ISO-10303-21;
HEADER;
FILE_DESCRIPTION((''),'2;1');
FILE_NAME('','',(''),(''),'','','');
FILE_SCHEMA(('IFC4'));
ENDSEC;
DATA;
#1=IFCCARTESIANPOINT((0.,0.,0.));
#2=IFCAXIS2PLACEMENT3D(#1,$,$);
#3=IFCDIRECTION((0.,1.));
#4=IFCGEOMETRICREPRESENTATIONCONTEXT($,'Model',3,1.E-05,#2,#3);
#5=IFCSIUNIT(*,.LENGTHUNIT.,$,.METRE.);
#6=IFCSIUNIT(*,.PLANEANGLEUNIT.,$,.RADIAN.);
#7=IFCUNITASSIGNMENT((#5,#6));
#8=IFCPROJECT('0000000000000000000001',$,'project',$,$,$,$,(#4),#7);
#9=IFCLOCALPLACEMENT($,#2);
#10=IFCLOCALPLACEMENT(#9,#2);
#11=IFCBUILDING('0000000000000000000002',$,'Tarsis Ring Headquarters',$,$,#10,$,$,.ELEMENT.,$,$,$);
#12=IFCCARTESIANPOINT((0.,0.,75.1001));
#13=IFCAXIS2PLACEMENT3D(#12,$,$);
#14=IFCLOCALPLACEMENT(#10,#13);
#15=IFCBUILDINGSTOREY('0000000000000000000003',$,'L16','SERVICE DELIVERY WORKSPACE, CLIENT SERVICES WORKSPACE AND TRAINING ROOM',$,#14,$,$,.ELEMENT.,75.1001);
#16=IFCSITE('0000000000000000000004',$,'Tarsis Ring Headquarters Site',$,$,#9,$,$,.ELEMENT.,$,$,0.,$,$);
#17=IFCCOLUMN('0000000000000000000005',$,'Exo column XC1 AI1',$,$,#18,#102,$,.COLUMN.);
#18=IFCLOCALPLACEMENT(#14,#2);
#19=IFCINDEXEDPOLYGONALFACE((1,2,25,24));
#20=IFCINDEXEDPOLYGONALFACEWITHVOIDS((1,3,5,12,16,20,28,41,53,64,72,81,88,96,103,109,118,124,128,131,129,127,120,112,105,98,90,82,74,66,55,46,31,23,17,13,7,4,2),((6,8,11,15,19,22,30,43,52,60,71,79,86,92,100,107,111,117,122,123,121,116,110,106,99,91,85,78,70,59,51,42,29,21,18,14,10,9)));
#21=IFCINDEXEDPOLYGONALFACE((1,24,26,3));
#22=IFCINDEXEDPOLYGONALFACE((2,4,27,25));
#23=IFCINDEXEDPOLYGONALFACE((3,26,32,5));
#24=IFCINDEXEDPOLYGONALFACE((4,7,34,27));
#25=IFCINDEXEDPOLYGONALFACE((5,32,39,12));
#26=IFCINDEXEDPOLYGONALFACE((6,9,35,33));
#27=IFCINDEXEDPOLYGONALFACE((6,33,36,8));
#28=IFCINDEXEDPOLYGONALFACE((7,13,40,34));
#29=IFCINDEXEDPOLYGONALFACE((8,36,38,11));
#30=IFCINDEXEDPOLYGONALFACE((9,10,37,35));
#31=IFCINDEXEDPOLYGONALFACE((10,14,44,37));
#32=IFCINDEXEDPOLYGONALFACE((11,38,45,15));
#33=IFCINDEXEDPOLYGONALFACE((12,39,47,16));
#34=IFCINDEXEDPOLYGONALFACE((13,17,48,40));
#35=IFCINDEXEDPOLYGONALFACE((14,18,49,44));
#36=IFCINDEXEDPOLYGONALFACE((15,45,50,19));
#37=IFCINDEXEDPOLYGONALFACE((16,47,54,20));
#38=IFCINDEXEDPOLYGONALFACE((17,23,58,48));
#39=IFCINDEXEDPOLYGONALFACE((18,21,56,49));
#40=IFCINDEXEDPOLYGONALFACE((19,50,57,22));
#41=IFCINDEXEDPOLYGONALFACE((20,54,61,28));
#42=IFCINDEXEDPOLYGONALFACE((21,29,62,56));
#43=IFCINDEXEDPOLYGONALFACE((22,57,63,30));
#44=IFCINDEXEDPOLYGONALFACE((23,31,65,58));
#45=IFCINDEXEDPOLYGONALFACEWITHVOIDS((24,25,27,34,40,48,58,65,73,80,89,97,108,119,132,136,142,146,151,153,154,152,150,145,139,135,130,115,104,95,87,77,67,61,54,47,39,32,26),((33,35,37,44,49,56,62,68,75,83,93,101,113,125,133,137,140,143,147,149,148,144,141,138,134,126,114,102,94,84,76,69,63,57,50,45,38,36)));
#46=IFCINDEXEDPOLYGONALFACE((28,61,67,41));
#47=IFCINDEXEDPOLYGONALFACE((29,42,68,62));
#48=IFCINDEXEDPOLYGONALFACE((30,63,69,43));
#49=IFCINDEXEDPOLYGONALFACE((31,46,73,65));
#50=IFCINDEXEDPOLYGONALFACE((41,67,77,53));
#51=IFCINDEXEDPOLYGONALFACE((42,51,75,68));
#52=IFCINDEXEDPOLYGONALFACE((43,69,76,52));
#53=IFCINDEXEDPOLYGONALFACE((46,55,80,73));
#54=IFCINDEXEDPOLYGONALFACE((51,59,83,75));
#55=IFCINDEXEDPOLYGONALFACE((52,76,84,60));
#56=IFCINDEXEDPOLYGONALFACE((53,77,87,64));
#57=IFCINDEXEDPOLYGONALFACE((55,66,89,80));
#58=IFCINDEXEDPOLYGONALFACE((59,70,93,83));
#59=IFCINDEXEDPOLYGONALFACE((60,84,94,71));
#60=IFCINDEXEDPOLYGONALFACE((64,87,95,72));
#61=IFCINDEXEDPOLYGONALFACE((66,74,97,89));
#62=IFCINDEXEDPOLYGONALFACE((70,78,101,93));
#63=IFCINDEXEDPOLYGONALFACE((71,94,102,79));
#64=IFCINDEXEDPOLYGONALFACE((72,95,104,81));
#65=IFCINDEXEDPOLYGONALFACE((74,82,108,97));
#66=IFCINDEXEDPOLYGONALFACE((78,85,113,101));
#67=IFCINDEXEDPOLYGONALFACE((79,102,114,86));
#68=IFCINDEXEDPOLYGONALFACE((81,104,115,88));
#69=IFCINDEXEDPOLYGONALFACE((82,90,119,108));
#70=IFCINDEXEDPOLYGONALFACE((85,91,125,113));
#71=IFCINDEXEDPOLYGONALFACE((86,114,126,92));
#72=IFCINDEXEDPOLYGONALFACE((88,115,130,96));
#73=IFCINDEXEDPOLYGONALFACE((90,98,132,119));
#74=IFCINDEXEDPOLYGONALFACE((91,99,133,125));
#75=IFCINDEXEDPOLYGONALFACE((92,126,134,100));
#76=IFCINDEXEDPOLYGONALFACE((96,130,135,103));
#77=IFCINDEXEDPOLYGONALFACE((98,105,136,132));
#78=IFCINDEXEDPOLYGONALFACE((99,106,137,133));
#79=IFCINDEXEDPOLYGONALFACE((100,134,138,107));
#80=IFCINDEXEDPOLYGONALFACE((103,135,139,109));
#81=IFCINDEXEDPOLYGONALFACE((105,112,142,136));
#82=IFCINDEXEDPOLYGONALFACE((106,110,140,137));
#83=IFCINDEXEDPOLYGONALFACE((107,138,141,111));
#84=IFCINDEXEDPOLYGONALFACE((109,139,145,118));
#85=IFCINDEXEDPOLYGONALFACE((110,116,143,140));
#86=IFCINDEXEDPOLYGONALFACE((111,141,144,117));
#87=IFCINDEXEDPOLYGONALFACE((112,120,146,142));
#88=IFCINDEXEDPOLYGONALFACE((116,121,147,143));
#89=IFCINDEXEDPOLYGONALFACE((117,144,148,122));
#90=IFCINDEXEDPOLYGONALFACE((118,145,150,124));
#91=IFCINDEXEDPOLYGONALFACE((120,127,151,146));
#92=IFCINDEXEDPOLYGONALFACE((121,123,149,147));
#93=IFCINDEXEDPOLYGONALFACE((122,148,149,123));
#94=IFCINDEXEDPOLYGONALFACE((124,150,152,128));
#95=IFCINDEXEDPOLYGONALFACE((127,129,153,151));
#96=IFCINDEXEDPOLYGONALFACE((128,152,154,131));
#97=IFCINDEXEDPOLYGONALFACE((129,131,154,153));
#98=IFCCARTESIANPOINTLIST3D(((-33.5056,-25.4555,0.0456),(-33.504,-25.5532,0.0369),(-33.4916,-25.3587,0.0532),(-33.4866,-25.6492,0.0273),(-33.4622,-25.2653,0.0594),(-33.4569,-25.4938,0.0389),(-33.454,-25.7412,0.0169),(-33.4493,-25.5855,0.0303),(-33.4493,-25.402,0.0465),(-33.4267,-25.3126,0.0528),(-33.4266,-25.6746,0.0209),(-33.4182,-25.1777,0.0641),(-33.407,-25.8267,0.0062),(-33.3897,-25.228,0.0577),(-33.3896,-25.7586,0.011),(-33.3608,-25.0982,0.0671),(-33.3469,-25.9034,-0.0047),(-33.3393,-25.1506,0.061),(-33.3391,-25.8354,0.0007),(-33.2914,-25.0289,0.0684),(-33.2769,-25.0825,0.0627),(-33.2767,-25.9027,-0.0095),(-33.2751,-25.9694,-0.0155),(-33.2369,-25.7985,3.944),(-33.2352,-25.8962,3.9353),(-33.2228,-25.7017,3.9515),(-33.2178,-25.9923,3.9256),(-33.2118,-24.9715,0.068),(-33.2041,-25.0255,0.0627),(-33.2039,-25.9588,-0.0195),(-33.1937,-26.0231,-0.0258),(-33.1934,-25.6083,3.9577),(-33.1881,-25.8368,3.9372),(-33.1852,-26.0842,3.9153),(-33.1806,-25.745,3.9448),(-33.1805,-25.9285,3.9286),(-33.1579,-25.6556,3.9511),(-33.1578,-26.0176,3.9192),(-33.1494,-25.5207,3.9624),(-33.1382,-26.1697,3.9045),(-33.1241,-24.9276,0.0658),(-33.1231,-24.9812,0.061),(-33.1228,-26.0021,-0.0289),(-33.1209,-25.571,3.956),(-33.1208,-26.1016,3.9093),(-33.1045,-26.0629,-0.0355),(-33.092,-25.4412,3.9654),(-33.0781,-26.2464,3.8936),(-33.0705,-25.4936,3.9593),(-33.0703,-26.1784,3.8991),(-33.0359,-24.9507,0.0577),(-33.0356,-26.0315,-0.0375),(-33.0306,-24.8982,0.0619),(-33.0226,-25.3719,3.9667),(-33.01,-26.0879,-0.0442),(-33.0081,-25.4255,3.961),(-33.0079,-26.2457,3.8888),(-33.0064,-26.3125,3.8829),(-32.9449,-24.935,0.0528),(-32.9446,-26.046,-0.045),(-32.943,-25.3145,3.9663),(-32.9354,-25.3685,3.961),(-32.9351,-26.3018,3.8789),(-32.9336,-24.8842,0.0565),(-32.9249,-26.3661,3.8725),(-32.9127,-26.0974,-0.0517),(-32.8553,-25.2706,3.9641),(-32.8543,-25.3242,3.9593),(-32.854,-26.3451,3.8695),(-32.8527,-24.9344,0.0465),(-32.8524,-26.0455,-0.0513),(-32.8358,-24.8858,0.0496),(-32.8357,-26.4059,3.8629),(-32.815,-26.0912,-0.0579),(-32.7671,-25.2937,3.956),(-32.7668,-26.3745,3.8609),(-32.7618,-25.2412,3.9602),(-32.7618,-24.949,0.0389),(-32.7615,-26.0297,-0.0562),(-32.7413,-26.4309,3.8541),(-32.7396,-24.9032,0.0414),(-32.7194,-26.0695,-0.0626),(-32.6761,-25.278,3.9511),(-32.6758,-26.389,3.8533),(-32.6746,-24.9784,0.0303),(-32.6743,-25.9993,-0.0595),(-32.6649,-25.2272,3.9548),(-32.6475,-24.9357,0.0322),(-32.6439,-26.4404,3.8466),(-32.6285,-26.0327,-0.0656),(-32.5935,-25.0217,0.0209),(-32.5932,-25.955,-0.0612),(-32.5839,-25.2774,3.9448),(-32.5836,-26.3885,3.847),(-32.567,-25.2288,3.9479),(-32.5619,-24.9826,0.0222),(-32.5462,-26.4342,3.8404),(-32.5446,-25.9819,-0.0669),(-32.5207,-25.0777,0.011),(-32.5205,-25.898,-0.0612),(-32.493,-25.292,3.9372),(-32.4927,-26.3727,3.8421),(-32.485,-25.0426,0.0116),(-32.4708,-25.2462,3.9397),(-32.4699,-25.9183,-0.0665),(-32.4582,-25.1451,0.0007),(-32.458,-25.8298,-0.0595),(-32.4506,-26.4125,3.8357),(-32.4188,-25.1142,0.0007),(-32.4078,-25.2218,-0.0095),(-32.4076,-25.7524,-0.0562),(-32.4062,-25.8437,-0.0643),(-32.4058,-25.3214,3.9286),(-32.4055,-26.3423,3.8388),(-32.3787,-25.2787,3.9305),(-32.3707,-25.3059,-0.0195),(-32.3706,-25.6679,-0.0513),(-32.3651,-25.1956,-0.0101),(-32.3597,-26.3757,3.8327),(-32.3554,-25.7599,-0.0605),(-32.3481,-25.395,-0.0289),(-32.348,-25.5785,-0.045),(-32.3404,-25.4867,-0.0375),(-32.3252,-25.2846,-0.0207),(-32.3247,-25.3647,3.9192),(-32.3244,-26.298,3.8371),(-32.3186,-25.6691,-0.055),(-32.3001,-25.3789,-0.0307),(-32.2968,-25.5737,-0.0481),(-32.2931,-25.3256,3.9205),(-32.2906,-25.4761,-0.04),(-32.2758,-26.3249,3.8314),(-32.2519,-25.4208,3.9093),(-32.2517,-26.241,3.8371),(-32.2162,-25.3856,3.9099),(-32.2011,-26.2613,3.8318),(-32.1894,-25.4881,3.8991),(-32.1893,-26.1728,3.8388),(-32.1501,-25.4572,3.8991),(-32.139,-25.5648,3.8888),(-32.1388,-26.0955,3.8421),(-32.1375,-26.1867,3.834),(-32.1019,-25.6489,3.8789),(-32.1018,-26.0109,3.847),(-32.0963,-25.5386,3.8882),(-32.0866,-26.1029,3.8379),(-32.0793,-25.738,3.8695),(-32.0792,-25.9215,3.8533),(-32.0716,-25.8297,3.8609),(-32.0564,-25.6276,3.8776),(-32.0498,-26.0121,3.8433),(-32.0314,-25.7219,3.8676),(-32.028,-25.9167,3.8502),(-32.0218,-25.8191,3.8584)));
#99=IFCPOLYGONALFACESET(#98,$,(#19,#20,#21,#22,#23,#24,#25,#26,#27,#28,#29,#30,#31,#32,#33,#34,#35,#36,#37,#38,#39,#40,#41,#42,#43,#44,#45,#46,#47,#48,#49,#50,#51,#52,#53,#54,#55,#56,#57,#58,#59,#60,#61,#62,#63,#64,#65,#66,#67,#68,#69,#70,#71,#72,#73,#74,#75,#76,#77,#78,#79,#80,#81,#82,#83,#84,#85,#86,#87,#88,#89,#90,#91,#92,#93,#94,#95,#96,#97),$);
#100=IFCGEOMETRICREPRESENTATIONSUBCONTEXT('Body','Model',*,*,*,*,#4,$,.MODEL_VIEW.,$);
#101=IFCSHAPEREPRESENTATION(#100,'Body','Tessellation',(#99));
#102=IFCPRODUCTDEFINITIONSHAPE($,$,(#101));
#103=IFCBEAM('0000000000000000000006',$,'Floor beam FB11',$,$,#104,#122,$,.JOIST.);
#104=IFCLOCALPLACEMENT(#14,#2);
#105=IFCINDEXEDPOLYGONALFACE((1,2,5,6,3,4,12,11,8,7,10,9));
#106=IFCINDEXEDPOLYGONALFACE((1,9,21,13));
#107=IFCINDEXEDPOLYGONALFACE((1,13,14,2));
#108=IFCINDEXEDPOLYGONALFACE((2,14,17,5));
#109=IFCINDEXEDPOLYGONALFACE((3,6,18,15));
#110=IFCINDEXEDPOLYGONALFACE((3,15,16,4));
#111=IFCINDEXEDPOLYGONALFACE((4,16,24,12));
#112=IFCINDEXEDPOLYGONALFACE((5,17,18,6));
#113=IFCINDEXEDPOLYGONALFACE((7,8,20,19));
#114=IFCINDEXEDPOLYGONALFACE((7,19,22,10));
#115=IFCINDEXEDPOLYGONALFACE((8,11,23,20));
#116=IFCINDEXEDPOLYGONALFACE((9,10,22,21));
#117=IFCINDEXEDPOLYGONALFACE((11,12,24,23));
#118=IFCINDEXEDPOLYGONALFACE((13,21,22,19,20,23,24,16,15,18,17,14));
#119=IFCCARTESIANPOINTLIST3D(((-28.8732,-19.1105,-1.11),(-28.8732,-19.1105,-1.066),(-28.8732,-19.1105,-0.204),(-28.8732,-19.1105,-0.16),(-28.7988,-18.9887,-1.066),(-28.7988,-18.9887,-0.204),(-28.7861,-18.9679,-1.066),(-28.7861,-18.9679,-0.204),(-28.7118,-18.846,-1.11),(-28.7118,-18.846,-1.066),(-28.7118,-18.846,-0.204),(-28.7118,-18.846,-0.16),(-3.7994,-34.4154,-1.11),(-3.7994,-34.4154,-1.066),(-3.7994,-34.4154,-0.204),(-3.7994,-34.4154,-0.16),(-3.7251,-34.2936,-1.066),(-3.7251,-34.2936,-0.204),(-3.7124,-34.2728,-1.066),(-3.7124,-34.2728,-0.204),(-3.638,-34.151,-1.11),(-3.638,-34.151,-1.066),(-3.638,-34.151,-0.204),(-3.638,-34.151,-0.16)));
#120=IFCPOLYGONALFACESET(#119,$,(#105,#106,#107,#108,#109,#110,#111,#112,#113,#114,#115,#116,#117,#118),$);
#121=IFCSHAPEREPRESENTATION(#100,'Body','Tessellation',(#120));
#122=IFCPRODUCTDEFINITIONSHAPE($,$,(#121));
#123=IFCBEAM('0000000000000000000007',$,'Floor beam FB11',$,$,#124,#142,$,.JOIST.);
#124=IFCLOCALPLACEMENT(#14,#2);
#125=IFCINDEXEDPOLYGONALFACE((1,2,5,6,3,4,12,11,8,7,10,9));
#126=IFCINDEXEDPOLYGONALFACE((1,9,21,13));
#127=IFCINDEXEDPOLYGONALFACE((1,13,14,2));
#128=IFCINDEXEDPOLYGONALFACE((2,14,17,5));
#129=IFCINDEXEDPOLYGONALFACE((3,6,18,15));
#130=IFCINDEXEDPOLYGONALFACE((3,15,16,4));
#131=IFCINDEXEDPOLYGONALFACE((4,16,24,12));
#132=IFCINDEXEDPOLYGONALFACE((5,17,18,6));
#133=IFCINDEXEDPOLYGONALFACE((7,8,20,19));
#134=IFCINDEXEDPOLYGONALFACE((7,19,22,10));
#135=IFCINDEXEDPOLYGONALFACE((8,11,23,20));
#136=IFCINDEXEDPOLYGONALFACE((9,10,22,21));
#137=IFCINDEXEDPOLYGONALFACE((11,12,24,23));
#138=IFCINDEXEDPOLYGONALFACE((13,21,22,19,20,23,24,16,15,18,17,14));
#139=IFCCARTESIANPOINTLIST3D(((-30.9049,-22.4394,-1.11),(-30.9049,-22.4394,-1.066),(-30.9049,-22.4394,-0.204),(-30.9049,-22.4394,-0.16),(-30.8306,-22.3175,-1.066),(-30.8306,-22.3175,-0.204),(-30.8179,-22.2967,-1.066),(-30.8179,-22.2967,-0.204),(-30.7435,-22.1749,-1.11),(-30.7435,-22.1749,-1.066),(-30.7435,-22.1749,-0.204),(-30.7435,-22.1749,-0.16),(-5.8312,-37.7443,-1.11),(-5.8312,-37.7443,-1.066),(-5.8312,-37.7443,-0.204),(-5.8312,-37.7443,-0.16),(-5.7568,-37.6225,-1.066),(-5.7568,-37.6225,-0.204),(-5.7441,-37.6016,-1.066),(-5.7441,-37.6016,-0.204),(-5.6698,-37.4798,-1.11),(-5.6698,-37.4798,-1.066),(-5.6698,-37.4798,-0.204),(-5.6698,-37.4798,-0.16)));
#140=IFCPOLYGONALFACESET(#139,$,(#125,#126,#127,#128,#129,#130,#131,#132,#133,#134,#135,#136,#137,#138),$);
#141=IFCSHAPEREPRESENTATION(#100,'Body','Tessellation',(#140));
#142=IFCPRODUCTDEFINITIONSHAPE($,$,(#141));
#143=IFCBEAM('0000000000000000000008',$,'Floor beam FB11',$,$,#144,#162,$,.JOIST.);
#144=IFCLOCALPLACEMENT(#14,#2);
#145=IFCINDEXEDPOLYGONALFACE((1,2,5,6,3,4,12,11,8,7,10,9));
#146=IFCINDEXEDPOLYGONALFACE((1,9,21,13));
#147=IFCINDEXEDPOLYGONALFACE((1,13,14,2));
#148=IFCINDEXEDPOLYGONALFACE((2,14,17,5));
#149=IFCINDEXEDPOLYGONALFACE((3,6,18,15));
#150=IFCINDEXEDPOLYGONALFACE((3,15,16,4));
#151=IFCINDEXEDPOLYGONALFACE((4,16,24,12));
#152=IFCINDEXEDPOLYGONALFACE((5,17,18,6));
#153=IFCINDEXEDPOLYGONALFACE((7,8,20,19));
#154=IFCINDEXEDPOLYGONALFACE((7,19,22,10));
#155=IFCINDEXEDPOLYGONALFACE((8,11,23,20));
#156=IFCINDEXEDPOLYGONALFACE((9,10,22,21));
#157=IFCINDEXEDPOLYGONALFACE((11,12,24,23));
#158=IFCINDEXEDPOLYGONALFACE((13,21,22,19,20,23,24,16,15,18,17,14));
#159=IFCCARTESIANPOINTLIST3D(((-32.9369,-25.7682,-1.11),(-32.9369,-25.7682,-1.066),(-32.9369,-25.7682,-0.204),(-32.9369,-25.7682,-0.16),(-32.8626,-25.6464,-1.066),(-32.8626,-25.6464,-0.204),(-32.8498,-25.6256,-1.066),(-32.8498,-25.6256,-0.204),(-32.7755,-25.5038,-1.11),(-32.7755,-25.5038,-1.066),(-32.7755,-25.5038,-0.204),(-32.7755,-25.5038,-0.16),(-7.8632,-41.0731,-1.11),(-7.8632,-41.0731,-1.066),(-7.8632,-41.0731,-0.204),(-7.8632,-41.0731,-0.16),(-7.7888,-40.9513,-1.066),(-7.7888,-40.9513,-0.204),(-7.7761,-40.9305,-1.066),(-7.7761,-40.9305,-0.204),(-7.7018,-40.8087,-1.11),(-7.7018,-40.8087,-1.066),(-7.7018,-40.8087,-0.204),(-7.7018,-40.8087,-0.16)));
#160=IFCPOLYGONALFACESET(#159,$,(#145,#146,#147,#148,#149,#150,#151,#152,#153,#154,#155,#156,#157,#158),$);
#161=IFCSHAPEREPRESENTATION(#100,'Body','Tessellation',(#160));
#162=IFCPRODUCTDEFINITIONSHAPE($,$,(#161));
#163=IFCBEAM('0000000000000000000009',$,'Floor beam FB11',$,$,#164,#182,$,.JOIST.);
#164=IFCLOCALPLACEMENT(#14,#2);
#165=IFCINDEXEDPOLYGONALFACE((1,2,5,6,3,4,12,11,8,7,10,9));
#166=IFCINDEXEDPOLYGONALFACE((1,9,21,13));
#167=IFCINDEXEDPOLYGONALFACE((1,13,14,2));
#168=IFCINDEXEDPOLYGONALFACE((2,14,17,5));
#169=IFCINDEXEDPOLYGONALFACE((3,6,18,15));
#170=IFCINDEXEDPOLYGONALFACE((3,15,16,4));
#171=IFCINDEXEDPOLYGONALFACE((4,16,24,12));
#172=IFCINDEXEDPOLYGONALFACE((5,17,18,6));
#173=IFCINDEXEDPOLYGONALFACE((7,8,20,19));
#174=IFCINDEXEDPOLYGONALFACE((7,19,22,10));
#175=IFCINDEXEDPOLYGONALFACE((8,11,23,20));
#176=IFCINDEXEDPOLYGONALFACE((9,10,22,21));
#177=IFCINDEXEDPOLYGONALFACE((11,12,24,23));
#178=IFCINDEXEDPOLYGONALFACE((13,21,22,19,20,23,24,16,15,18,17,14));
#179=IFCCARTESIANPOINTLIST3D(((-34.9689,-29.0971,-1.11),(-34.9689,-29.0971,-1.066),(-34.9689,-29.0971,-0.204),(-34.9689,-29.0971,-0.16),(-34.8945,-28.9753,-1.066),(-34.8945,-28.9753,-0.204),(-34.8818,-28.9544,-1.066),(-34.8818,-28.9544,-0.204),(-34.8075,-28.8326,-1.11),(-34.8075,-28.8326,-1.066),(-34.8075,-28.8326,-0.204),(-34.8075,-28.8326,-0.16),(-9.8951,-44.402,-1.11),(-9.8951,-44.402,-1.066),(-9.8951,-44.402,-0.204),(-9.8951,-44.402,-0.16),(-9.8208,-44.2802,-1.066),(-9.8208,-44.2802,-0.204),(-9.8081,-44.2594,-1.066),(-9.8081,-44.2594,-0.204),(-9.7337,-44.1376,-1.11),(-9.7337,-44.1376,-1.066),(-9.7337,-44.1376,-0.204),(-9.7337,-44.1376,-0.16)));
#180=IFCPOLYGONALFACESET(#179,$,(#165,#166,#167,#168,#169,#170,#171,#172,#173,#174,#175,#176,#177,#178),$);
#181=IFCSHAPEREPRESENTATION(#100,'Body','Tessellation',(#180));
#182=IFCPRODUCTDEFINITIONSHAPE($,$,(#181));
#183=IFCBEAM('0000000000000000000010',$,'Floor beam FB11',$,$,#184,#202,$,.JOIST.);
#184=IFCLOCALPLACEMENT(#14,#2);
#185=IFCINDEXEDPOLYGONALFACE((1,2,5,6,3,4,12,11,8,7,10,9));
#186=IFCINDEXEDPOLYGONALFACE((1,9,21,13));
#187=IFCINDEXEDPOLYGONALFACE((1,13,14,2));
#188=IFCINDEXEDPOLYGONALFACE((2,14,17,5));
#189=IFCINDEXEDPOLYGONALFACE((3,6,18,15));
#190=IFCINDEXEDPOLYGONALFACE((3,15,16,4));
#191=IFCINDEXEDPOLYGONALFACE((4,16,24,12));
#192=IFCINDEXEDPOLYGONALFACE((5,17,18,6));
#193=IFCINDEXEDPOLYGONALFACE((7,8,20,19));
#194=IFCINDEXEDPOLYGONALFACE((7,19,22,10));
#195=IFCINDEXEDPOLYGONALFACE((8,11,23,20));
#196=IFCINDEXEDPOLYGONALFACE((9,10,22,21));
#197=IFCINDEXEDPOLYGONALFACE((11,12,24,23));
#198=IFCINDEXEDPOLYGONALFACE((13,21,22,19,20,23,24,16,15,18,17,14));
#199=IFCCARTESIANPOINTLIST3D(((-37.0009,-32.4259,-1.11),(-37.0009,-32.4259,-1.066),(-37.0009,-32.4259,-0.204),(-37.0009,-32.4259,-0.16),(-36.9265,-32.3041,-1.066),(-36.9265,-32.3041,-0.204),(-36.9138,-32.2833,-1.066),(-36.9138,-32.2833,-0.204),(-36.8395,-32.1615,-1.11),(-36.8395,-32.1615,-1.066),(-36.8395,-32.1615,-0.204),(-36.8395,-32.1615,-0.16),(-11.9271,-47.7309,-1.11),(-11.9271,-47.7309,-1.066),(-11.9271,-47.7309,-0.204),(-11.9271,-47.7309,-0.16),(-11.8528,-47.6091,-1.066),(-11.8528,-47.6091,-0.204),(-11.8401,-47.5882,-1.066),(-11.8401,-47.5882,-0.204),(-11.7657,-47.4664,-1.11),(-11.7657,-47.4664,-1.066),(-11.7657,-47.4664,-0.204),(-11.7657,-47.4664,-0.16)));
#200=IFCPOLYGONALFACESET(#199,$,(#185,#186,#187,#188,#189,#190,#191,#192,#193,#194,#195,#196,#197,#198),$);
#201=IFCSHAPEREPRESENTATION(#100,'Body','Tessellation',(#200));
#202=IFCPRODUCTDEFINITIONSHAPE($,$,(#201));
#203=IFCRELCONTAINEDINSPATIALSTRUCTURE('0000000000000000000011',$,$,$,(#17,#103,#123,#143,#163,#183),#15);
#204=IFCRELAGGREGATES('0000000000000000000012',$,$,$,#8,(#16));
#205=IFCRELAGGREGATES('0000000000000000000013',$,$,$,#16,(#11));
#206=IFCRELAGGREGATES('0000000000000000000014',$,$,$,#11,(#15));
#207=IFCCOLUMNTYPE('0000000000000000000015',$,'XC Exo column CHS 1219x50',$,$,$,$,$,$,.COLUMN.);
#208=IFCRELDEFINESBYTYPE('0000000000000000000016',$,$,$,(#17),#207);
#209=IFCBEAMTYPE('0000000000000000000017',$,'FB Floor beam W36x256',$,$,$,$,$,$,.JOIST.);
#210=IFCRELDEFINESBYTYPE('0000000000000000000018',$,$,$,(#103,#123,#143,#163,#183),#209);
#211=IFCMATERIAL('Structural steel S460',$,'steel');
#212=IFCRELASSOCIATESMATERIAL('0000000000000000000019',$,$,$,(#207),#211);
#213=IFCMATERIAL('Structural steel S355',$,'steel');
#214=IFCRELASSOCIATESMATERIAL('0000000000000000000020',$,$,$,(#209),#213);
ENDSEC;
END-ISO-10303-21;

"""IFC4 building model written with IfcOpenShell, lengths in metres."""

from ifc_helpers import new_model, si_unit, direction, frame, origin, origin_2d, place, context, subcontext, project, spatial, hollow_circle, i_section, extrude, material, material_profile, profile_set, type_object, element, save


model = new_model("IFC4")

# Units and contexts
model_context = context("Model", 3, precision=1e-05, world=origin(), true_north=direction((0.0, 1.0)))
body_context = subcontext(model_context, "Body", "Model", "MODEL_VIEW")
ifc_project = project(units=[si_unit("LENGTHUNIT", "METRE"), si_unit("PLANEANGLEUNIT", "RADIAN")], contexts=[model_context])

# Site, building, storey
site_placement = place(None, origin())
site = spatial("IfcSite", under=ifc_project, at=site_placement, Name="Tarsis Ring Headquarters Site", CompositionType="ELEMENT", RefElevation=0.0)
building_placement = place(site_placement, origin())
building = spatial("IfcBuilding", under=site, at=building_placement, Name="Tarsis Ring Headquarters", CompositionType="ELEMENT")
storey_placement = place(building_placement, frame((0.0, 0.0, 75.1001)))
storey = spatial("IfcBuildingStorey", under=building, at=storey_placement, Name="L16", Description="SERVICE DELIVERY WORKSPACE, CLIENT SERVICES WORKSPACE AND TRAINING ROOM", CompositionType="ELEMENT", Elevation=75.1001)

# Column
ifc_material_1 = material(Name="Structural steel S460", Category="steel")
ifc_material_profile_1 = material_profile(ifc_material_1, hollow_circle(Radius=0.6096, WallThickness=0.05, at=origin_2d()), Name="CHS 1219x50")
ifc_profile_set_1 = profile_set([ifc_material_profile_1], Name="Structural steel S460")
column_type = type_object("IfcColumnType", Name="XC Exo column CHS 1219x50", PredefinedType="COLUMN", material=ifc_profile_set_1)
column_placement = place(storey_placement, frame((-32.8987, -25.4902, 0.0007), z_axis=(0.068524, -0.087444, 0.99381), x_axis=(0.787115, 0.616807, 0.0)))
element("IfcColumn", 1, at=column_placement, inside=storey, type_object=column_type, Name="Exo column XC1 AI1", PredefinedType="COLUMN", context=body_context, shape_type="SweptSolid", body=[
    extrude(hollow_circle(Radius=0.6096, WallThickness=0.05, at=origin_2d()), origin(), (0.0, 0.0, 1.0), 3.9226),
])

# Beams
ifc_material_2 = material(Name="Structural steel S355", Category="steel")
ifc_material_profile_2 = material_profile(ifc_material_2, i_section(OverallWidth=0.3098, OverallDepth=0.95, WebThickness=0.0244, FlangeThickness=0.0439, at=origin_2d()), Name="W36x256")
ifc_profile_set_2 = profile_set([ifc_material_profile_2], Name="Structural steel S355")
beam_type_1 = type_object("IfcBeamType", Name="FB Floor beam W36x256", PredefinedType="JOIST", material=ifc_profile_set_2)
for number, where, z_axis, x_axis, name in (
    (2, (-28.7925, -18.9783, -0.635), (0.853553, -0.521006, 0.0), (0.521006, 0.853553, 0.0), "Floor beam FB11"),
    (3, (-30.8242, -22.3071, -0.635), (0.853553, -0.521006, 0.0), (0.521006, 0.853553, 0.0), "Floor beam FB11"),
    (4, (-32.8562, -25.636, -0.635), (0.853553, -0.521006, 0.0), (0.521006, 0.853553, 0.0), "Floor beam FB11"),
    (5, (-34.8882, -28.9648, -0.635), (0.853553, -0.521006, 0.0), (0.521006, 0.853553, 0.0), "Floor beam FB11"),
    (6, (-36.9202, -32.2937, -0.635), (0.853553, -0.521006, 0.0), (0.521006, 0.853553, 0.0), "Floor beam FB11"),
):
    element("IfcBeam", number, at=place(storey_placement, frame(where, z_axis=z_axis, x_axis=x_axis)), inside=storey, type_object=beam_type_1, Name=name, PredefinedType="JOIST", context=body_context, shape_type="SweptSolid", body=[
        extrude(i_section(OverallWidth=0.3098, OverallDepth=0.95, WebThickness=0.0244, FlangeThickness=0.0439, at=origin_2d()), origin(), (0.0, 0.0, 1.0), 29.3757),
    ])

save(model, "model.ifc")
